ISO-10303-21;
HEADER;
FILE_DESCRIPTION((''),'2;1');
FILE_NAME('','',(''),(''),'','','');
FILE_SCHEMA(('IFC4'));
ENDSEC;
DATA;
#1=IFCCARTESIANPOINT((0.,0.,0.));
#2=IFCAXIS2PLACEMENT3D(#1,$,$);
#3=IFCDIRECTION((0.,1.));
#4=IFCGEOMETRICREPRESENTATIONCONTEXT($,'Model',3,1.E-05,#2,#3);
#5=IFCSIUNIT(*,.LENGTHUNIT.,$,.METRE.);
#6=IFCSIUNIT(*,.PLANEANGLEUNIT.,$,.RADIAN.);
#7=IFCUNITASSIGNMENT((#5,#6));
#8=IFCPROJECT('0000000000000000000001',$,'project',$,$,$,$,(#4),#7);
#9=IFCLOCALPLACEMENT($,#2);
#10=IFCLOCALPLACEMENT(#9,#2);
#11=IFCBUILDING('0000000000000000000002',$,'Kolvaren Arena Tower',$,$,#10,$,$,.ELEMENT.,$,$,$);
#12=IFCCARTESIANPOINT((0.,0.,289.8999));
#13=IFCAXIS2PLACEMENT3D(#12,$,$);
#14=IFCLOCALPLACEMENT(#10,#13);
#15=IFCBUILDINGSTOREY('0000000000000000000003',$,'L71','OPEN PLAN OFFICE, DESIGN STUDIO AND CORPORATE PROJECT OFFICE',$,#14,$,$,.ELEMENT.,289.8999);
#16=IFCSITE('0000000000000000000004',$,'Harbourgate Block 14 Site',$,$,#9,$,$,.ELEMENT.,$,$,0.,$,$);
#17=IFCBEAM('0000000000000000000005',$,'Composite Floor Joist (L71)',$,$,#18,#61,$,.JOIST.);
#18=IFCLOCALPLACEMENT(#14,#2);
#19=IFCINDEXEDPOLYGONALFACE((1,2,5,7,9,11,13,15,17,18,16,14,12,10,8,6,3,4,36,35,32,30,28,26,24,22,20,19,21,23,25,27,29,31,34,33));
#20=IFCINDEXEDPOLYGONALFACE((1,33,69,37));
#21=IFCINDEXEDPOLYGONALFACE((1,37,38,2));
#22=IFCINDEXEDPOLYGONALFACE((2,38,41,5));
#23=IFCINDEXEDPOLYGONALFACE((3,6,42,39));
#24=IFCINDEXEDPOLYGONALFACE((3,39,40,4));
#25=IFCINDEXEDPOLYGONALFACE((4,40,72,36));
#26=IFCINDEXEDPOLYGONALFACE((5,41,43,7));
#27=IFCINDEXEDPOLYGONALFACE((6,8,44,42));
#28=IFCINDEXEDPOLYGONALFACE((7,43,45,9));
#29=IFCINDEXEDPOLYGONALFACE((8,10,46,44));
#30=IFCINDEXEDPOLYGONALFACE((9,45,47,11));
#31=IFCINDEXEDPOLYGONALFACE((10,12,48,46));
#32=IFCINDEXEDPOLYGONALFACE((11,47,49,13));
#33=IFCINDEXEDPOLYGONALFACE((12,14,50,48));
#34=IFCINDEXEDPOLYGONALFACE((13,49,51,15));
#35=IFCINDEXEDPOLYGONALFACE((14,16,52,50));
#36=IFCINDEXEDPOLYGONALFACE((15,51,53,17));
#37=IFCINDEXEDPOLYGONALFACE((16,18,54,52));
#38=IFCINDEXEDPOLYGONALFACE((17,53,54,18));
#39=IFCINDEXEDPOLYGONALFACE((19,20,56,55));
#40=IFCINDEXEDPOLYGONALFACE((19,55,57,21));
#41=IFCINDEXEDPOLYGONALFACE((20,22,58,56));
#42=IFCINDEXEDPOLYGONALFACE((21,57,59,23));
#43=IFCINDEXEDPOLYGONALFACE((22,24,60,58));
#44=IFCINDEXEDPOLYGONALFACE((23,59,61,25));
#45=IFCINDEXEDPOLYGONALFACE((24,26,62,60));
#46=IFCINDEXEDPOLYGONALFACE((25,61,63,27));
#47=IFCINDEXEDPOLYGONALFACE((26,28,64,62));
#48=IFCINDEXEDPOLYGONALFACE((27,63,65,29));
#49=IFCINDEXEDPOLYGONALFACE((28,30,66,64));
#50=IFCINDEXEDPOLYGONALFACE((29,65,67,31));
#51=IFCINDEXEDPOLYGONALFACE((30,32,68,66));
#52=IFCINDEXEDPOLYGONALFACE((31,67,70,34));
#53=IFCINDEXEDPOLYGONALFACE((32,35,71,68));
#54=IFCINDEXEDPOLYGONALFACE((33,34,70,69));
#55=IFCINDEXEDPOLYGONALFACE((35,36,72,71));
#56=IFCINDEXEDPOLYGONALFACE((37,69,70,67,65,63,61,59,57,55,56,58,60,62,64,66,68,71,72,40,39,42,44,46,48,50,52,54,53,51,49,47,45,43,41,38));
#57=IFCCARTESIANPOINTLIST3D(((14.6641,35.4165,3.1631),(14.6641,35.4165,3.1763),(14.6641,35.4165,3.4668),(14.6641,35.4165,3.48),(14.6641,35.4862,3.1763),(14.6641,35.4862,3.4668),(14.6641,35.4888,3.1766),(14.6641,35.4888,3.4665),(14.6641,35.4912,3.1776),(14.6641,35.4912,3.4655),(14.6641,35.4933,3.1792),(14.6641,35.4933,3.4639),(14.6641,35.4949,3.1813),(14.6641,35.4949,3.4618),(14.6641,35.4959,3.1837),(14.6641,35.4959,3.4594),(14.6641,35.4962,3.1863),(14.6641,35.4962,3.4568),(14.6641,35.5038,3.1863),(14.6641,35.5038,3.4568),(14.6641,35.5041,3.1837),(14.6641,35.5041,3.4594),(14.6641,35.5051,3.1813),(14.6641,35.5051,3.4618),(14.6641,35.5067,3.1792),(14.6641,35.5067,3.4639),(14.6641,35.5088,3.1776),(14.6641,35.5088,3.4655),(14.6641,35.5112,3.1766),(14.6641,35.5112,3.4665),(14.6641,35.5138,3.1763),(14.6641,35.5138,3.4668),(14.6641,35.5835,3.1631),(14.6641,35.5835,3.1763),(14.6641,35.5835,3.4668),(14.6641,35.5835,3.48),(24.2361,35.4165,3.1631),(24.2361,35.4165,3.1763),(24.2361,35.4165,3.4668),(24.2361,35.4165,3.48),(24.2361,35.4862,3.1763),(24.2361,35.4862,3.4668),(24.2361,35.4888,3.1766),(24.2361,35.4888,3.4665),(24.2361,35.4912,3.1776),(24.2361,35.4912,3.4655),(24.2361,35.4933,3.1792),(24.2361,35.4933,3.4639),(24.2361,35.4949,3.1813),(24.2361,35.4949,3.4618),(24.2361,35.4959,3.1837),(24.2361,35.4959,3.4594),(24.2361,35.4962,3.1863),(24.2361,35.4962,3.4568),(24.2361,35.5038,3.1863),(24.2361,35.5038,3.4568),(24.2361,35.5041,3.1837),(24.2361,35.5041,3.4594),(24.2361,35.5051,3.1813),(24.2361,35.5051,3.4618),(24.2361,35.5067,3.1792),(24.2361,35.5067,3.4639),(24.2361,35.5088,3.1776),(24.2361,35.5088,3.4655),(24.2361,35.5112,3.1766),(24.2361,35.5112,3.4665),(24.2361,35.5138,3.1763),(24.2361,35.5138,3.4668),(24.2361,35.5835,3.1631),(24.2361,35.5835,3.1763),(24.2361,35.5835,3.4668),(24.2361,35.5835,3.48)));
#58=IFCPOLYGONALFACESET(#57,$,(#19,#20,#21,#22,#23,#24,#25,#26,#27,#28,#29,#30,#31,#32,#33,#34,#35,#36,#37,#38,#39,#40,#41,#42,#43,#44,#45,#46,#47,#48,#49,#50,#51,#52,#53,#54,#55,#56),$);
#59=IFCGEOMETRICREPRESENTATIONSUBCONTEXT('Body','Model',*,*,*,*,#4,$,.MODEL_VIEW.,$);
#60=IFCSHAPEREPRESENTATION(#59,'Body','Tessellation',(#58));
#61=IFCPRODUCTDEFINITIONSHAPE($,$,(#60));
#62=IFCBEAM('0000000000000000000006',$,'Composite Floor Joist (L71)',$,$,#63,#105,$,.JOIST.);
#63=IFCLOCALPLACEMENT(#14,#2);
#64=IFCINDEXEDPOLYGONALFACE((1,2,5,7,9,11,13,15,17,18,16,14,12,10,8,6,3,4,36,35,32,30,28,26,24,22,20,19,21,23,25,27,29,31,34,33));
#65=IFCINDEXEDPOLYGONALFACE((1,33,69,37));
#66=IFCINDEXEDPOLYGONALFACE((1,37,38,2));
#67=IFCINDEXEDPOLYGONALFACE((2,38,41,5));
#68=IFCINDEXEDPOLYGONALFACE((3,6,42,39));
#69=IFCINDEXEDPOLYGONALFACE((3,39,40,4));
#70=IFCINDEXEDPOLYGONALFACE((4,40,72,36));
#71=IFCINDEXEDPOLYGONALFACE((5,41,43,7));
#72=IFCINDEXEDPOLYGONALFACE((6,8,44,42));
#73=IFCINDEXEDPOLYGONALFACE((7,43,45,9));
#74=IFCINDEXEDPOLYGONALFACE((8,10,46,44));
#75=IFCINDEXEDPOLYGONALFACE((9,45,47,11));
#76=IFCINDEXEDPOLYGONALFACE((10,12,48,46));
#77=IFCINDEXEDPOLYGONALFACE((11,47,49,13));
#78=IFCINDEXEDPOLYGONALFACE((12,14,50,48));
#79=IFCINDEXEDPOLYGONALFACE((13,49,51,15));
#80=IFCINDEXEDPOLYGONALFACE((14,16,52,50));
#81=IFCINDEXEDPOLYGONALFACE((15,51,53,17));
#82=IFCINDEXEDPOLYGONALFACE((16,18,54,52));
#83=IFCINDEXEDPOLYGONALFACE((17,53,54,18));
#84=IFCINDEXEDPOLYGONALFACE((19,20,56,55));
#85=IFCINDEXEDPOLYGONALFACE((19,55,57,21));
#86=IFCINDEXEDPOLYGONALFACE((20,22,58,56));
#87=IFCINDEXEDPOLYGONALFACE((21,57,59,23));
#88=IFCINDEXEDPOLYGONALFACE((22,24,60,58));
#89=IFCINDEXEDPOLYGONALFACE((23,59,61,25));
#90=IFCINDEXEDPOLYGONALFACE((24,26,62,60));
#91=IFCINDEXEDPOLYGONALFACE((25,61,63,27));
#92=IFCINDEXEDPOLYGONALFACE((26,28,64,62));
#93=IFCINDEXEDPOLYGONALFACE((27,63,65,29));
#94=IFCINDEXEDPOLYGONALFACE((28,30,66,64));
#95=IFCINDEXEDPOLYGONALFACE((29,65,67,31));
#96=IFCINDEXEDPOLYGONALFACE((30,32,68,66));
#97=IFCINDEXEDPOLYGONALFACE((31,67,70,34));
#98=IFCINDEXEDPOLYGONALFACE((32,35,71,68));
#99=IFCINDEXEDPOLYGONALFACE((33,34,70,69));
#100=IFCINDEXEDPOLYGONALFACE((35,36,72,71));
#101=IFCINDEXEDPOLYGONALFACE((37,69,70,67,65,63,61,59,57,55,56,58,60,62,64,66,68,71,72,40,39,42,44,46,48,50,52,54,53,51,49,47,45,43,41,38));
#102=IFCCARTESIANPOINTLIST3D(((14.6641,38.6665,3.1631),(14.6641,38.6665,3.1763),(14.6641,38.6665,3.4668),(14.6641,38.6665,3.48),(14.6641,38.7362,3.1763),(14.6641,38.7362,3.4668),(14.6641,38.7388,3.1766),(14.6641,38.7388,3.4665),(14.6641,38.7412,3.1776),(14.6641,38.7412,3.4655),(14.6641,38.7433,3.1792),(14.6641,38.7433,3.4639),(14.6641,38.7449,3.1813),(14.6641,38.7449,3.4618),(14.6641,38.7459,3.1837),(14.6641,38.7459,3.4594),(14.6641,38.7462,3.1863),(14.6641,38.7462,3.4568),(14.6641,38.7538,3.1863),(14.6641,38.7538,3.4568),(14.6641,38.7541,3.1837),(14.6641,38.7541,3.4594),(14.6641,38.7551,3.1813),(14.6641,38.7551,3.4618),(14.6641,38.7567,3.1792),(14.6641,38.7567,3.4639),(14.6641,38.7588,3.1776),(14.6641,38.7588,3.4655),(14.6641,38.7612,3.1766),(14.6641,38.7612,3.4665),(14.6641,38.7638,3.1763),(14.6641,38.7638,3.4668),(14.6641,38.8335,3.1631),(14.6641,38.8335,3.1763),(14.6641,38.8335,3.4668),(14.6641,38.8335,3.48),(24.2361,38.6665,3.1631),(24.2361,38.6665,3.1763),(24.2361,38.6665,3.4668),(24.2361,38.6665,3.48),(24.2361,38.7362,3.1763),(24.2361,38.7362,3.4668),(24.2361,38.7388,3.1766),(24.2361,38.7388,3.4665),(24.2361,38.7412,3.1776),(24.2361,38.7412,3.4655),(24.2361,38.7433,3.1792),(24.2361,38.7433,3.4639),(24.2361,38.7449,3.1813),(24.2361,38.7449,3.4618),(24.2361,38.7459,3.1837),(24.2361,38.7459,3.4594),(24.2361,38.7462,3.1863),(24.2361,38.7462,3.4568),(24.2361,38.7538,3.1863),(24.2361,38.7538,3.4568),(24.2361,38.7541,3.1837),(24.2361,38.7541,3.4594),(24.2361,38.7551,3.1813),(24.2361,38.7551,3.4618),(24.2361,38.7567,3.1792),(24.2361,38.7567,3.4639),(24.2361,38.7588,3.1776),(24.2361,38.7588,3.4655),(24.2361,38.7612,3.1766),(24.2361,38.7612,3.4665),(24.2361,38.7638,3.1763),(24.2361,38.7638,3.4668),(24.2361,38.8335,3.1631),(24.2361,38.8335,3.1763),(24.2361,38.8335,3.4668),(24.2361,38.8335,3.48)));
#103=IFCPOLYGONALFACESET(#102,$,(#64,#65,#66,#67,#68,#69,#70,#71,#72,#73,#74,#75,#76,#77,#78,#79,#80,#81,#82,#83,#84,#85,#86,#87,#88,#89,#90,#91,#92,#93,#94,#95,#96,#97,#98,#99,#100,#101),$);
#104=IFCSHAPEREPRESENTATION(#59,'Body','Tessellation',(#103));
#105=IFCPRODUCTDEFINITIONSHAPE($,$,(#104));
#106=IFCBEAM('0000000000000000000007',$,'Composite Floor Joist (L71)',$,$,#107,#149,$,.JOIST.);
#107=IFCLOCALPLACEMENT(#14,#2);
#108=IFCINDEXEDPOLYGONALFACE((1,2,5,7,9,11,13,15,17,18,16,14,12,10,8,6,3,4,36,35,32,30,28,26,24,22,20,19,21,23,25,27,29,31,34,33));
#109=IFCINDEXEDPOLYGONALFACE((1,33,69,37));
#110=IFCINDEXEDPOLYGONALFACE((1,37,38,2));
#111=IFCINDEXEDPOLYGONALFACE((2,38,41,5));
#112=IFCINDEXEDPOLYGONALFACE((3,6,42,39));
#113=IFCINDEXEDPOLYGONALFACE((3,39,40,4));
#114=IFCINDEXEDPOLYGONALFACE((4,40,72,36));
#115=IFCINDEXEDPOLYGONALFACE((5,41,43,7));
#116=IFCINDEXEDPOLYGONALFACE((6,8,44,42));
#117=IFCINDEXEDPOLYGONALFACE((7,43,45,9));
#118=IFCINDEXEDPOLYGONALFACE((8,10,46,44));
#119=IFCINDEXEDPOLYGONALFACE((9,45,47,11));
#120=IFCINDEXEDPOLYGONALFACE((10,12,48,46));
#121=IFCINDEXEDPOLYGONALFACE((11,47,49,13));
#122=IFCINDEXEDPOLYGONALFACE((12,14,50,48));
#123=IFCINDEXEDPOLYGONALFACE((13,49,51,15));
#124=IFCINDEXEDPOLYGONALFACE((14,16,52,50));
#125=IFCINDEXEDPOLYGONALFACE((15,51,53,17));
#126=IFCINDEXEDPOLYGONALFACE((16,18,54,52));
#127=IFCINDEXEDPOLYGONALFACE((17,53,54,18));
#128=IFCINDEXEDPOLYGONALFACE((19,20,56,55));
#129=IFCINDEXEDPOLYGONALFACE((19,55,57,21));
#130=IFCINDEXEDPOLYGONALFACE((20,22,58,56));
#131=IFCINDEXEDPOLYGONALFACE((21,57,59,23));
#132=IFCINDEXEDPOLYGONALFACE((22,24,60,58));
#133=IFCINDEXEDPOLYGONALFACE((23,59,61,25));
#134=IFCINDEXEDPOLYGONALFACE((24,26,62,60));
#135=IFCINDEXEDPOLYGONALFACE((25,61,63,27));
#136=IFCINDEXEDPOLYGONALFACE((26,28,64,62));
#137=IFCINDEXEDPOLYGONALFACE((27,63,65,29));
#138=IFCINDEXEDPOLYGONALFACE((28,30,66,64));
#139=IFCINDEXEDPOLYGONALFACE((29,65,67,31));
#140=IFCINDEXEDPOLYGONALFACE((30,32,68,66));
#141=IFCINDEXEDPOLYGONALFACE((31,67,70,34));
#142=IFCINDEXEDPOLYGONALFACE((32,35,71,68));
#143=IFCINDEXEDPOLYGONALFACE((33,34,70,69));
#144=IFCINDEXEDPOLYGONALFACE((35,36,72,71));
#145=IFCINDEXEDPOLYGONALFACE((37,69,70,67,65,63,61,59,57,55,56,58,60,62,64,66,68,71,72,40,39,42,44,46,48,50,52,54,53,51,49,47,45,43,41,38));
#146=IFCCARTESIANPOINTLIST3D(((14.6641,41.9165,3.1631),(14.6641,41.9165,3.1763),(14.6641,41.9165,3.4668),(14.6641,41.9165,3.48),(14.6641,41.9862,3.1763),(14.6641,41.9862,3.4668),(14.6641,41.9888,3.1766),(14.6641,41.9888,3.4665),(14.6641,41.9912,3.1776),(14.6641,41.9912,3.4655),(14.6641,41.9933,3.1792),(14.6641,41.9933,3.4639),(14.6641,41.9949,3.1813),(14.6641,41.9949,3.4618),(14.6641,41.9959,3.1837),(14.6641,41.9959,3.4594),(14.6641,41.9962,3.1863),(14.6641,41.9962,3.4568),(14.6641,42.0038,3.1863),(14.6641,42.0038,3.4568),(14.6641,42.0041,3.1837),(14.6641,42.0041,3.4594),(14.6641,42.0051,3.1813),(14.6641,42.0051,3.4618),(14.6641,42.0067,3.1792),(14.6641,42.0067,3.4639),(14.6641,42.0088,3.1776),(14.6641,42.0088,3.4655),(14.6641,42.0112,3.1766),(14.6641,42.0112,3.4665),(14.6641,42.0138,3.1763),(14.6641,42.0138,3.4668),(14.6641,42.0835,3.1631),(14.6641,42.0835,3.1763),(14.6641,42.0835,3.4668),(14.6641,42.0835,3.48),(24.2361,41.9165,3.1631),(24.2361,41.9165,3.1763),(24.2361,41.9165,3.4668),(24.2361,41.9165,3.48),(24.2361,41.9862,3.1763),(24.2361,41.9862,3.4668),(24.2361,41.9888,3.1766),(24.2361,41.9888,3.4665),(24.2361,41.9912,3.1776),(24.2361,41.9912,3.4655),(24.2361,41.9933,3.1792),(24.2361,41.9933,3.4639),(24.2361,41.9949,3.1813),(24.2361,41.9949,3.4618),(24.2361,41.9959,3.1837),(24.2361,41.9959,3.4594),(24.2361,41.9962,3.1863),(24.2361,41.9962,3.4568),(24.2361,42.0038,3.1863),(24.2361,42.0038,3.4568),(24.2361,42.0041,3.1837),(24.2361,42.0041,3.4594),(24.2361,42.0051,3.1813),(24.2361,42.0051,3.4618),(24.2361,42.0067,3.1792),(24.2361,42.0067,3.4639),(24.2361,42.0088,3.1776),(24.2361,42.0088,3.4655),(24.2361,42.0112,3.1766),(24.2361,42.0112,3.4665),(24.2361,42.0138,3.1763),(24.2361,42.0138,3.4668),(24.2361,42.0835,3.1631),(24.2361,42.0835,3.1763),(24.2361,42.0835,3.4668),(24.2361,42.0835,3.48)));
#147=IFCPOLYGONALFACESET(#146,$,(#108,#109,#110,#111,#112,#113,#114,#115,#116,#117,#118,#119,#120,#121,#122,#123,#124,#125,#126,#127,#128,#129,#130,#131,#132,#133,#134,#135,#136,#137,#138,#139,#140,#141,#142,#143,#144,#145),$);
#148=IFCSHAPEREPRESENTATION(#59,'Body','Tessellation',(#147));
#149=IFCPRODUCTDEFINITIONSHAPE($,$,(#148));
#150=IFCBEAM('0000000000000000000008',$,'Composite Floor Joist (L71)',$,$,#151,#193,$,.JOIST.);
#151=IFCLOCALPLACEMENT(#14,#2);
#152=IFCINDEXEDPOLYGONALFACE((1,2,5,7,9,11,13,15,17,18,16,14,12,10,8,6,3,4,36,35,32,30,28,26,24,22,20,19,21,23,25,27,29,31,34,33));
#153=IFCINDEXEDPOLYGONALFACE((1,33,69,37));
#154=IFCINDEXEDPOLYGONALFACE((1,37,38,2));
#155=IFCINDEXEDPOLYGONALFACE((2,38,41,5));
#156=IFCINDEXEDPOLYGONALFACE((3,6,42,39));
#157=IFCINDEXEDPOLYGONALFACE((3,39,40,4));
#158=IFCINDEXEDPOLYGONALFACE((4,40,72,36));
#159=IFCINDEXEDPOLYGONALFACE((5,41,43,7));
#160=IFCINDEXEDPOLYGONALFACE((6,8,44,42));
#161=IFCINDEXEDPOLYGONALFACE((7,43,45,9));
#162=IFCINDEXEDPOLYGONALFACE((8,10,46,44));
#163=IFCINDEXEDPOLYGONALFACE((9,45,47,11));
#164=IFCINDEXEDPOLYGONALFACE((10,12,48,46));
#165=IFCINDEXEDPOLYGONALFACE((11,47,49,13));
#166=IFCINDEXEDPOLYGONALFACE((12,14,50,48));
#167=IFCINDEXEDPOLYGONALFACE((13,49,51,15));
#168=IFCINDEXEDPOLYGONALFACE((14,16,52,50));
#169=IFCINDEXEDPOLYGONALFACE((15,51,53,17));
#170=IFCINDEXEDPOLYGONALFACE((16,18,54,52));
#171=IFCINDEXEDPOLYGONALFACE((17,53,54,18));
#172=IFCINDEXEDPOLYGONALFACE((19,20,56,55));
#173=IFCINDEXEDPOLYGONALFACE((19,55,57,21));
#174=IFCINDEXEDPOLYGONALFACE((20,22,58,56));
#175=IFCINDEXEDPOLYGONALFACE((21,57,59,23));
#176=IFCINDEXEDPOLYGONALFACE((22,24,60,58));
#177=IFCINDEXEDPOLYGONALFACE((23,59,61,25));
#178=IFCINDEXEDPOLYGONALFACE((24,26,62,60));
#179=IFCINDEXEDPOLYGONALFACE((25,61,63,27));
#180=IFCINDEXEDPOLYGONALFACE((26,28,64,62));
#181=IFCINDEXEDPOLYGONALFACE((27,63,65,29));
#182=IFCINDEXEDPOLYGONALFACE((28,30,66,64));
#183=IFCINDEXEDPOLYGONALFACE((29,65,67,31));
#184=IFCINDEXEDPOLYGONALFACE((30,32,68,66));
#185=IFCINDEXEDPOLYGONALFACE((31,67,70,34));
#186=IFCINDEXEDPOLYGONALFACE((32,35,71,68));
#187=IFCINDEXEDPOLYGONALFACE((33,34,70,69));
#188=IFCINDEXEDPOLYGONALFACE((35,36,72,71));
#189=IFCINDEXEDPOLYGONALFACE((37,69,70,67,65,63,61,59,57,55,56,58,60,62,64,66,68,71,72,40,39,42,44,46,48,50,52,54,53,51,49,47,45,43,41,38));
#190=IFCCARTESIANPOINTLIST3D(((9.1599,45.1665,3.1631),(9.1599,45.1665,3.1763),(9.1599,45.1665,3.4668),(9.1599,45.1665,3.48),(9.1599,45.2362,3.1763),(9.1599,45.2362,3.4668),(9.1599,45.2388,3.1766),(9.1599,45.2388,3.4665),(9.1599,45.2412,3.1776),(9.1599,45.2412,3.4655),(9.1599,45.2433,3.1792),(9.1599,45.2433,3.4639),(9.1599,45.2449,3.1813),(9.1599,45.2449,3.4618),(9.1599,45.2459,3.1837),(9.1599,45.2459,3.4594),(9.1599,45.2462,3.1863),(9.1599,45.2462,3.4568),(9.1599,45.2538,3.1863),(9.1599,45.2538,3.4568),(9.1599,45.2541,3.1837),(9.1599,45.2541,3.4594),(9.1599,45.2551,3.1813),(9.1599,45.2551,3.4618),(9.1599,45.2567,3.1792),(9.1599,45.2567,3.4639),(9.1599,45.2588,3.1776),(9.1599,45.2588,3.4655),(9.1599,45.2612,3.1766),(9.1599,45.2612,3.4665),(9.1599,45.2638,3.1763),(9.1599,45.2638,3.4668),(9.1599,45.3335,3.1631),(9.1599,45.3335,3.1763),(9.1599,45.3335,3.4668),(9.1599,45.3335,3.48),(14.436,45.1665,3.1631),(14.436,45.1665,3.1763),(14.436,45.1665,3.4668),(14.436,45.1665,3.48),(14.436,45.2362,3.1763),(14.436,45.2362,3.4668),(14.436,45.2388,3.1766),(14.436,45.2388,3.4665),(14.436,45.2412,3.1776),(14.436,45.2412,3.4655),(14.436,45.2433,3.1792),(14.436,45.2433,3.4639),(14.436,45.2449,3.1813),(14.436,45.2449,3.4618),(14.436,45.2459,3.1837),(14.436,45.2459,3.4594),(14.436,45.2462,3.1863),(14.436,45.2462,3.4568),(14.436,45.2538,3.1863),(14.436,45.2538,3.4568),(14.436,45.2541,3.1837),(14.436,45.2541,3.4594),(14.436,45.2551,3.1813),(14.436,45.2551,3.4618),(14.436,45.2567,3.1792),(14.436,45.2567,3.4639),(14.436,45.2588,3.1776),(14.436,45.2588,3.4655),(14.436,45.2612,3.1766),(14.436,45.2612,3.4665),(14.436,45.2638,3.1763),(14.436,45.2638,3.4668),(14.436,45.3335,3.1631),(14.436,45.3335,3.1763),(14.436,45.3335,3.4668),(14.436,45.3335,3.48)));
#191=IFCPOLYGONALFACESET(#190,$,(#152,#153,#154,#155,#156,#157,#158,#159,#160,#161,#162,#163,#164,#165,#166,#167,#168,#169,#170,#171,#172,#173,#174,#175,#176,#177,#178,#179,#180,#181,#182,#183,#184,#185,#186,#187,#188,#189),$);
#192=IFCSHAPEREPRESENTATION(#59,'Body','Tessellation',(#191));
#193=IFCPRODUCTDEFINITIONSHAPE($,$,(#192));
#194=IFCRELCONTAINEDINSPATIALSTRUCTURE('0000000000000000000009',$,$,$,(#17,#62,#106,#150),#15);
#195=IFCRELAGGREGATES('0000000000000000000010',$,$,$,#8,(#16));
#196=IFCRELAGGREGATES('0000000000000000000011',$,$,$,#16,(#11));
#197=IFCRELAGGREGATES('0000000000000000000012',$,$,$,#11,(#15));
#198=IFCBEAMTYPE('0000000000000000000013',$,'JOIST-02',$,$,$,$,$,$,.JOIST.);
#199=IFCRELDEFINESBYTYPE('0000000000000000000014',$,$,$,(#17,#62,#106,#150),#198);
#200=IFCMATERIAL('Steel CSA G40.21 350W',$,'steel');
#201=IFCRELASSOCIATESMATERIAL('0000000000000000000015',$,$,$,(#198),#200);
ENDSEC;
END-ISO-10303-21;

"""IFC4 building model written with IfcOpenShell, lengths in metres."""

from ifc_helpers import new_model, si_unit, direction, frame, origin, origin_2d, place, context, subcontext, project, spatial, i_section, extrude, material, material_profile, profile_set, type_object, element, save


model = new_model("IFC4")

# Units and contexts
model_context = context("Model", 3, precision=1e-05, world=origin(), true_north=direction((0.0, 1.0)))
body_context = subcontext(model_context, "Body", "Model", "MODEL_VIEW")
ifc_project = project(units=[si_unit("LENGTHUNIT", "METRE"), si_unit("PLANEANGLEUNIT", "RADIAN")], contexts=[model_context])

# Site, building, storey
site_placement = place(None, origin())
site = spatial("IfcSite", under=ifc_project, at=site_placement, Name="Harbourgate Block 14 Site", CompositionType="ELEMENT", RefElevation=0.0)
building_placement = place(site_placement, origin())
building = spatial("IfcBuilding", under=site, at=building_placement, Name="Kolvaren Arena Tower", CompositionType="ELEMENT")
storey_placement = place(building_placement, frame((0.0, 0.0, 289.8999)))
storey = spatial("IfcBuildingStorey", under=building, at=storey_placement, Name="L71", Description="OPEN PLAN OFFICE, DESIGN STUDIO AND CORPORATE PROJECT OFFICE", CompositionType="ELEMENT", Elevation=289.8999)

# Beams
ifc_material_1 = material(Name="Steel CSA G40.21 350W", Category="steel")
ifc_material_profile_1 = material_profile(ifc_material_1, i_section(OverallWidth=0.167, OverallDepth=0.3169, WebThickness=0.0076, FlangeThickness=0.0132, FilletRadius=0.01, at=origin_2d()), Name="W310x52")
ifc_profile_set_1 = profile_set([ifc_material_profile_1], Name="Steel CSA G40.21 350W")
beam_type_1 = type_object("IfcBeamType", Name="JOIST-02", PredefinedType="JOIST", material=ifc_profile_set_1)
for number, where, z_axis, x_axis, name in (
    (1, (14.6641, 35.5, 3.3215), (1.0, 0.0, 0.0), (0.0, 1.0, 0.0), "Composite Floor Joist (L71)"),
    (2, (14.6641, 38.75, 3.3215), (1.0, 0.0, 0.0), (0.0, 1.0, 0.0), "Composite Floor Joist (L71)"),
    (3, (14.6641, 42.0, 3.3215), (1.0, 0.0, 0.0), (0.0, 1.0, 0.0), "Composite Floor Joist (L71)"),
):
    element("IfcBeam", number, at=place(storey_placement, frame(where, z_axis=z_axis, x_axis=x_axis)), inside=storey, type_object=beam_type_1, Name=name, PredefinedType="JOIST", context=body_context, shape_type="SweptSolid", body=[
        extrude(i_section(OverallWidth=0.167, OverallDepth=0.3169, WebThickness=0.0076, FlangeThickness=0.0132, FilletRadius=0.01, at=origin_2d()), origin(), (0.0, 0.0, 1.0), 9.572),
    ])
beam_1_placement = place(storey_placement, frame((9.1599, 45.25, 3.3215), z_axis=(1.0, 0.0, 0.0), x_axis=(0.0, 1.0, 0.0)))
element("IfcBeam", 4, at=beam_1_placement, inside=storey, type_object=beam_type_1, Name="Composite Floor Joist (L71)", PredefinedType="JOIST", context=body_context, shape_type="SweptSolid", body=[
    extrude(i_section(OverallWidth=0.167, OverallDepth=0.3169, WebThickness=0.0076, FlangeThickness=0.0132, FilletRadius=0.01, at=origin_2d()), origin(), (0.0, 0.0, 1.0), 5.2761),
])

save(model, "model.ifc")
